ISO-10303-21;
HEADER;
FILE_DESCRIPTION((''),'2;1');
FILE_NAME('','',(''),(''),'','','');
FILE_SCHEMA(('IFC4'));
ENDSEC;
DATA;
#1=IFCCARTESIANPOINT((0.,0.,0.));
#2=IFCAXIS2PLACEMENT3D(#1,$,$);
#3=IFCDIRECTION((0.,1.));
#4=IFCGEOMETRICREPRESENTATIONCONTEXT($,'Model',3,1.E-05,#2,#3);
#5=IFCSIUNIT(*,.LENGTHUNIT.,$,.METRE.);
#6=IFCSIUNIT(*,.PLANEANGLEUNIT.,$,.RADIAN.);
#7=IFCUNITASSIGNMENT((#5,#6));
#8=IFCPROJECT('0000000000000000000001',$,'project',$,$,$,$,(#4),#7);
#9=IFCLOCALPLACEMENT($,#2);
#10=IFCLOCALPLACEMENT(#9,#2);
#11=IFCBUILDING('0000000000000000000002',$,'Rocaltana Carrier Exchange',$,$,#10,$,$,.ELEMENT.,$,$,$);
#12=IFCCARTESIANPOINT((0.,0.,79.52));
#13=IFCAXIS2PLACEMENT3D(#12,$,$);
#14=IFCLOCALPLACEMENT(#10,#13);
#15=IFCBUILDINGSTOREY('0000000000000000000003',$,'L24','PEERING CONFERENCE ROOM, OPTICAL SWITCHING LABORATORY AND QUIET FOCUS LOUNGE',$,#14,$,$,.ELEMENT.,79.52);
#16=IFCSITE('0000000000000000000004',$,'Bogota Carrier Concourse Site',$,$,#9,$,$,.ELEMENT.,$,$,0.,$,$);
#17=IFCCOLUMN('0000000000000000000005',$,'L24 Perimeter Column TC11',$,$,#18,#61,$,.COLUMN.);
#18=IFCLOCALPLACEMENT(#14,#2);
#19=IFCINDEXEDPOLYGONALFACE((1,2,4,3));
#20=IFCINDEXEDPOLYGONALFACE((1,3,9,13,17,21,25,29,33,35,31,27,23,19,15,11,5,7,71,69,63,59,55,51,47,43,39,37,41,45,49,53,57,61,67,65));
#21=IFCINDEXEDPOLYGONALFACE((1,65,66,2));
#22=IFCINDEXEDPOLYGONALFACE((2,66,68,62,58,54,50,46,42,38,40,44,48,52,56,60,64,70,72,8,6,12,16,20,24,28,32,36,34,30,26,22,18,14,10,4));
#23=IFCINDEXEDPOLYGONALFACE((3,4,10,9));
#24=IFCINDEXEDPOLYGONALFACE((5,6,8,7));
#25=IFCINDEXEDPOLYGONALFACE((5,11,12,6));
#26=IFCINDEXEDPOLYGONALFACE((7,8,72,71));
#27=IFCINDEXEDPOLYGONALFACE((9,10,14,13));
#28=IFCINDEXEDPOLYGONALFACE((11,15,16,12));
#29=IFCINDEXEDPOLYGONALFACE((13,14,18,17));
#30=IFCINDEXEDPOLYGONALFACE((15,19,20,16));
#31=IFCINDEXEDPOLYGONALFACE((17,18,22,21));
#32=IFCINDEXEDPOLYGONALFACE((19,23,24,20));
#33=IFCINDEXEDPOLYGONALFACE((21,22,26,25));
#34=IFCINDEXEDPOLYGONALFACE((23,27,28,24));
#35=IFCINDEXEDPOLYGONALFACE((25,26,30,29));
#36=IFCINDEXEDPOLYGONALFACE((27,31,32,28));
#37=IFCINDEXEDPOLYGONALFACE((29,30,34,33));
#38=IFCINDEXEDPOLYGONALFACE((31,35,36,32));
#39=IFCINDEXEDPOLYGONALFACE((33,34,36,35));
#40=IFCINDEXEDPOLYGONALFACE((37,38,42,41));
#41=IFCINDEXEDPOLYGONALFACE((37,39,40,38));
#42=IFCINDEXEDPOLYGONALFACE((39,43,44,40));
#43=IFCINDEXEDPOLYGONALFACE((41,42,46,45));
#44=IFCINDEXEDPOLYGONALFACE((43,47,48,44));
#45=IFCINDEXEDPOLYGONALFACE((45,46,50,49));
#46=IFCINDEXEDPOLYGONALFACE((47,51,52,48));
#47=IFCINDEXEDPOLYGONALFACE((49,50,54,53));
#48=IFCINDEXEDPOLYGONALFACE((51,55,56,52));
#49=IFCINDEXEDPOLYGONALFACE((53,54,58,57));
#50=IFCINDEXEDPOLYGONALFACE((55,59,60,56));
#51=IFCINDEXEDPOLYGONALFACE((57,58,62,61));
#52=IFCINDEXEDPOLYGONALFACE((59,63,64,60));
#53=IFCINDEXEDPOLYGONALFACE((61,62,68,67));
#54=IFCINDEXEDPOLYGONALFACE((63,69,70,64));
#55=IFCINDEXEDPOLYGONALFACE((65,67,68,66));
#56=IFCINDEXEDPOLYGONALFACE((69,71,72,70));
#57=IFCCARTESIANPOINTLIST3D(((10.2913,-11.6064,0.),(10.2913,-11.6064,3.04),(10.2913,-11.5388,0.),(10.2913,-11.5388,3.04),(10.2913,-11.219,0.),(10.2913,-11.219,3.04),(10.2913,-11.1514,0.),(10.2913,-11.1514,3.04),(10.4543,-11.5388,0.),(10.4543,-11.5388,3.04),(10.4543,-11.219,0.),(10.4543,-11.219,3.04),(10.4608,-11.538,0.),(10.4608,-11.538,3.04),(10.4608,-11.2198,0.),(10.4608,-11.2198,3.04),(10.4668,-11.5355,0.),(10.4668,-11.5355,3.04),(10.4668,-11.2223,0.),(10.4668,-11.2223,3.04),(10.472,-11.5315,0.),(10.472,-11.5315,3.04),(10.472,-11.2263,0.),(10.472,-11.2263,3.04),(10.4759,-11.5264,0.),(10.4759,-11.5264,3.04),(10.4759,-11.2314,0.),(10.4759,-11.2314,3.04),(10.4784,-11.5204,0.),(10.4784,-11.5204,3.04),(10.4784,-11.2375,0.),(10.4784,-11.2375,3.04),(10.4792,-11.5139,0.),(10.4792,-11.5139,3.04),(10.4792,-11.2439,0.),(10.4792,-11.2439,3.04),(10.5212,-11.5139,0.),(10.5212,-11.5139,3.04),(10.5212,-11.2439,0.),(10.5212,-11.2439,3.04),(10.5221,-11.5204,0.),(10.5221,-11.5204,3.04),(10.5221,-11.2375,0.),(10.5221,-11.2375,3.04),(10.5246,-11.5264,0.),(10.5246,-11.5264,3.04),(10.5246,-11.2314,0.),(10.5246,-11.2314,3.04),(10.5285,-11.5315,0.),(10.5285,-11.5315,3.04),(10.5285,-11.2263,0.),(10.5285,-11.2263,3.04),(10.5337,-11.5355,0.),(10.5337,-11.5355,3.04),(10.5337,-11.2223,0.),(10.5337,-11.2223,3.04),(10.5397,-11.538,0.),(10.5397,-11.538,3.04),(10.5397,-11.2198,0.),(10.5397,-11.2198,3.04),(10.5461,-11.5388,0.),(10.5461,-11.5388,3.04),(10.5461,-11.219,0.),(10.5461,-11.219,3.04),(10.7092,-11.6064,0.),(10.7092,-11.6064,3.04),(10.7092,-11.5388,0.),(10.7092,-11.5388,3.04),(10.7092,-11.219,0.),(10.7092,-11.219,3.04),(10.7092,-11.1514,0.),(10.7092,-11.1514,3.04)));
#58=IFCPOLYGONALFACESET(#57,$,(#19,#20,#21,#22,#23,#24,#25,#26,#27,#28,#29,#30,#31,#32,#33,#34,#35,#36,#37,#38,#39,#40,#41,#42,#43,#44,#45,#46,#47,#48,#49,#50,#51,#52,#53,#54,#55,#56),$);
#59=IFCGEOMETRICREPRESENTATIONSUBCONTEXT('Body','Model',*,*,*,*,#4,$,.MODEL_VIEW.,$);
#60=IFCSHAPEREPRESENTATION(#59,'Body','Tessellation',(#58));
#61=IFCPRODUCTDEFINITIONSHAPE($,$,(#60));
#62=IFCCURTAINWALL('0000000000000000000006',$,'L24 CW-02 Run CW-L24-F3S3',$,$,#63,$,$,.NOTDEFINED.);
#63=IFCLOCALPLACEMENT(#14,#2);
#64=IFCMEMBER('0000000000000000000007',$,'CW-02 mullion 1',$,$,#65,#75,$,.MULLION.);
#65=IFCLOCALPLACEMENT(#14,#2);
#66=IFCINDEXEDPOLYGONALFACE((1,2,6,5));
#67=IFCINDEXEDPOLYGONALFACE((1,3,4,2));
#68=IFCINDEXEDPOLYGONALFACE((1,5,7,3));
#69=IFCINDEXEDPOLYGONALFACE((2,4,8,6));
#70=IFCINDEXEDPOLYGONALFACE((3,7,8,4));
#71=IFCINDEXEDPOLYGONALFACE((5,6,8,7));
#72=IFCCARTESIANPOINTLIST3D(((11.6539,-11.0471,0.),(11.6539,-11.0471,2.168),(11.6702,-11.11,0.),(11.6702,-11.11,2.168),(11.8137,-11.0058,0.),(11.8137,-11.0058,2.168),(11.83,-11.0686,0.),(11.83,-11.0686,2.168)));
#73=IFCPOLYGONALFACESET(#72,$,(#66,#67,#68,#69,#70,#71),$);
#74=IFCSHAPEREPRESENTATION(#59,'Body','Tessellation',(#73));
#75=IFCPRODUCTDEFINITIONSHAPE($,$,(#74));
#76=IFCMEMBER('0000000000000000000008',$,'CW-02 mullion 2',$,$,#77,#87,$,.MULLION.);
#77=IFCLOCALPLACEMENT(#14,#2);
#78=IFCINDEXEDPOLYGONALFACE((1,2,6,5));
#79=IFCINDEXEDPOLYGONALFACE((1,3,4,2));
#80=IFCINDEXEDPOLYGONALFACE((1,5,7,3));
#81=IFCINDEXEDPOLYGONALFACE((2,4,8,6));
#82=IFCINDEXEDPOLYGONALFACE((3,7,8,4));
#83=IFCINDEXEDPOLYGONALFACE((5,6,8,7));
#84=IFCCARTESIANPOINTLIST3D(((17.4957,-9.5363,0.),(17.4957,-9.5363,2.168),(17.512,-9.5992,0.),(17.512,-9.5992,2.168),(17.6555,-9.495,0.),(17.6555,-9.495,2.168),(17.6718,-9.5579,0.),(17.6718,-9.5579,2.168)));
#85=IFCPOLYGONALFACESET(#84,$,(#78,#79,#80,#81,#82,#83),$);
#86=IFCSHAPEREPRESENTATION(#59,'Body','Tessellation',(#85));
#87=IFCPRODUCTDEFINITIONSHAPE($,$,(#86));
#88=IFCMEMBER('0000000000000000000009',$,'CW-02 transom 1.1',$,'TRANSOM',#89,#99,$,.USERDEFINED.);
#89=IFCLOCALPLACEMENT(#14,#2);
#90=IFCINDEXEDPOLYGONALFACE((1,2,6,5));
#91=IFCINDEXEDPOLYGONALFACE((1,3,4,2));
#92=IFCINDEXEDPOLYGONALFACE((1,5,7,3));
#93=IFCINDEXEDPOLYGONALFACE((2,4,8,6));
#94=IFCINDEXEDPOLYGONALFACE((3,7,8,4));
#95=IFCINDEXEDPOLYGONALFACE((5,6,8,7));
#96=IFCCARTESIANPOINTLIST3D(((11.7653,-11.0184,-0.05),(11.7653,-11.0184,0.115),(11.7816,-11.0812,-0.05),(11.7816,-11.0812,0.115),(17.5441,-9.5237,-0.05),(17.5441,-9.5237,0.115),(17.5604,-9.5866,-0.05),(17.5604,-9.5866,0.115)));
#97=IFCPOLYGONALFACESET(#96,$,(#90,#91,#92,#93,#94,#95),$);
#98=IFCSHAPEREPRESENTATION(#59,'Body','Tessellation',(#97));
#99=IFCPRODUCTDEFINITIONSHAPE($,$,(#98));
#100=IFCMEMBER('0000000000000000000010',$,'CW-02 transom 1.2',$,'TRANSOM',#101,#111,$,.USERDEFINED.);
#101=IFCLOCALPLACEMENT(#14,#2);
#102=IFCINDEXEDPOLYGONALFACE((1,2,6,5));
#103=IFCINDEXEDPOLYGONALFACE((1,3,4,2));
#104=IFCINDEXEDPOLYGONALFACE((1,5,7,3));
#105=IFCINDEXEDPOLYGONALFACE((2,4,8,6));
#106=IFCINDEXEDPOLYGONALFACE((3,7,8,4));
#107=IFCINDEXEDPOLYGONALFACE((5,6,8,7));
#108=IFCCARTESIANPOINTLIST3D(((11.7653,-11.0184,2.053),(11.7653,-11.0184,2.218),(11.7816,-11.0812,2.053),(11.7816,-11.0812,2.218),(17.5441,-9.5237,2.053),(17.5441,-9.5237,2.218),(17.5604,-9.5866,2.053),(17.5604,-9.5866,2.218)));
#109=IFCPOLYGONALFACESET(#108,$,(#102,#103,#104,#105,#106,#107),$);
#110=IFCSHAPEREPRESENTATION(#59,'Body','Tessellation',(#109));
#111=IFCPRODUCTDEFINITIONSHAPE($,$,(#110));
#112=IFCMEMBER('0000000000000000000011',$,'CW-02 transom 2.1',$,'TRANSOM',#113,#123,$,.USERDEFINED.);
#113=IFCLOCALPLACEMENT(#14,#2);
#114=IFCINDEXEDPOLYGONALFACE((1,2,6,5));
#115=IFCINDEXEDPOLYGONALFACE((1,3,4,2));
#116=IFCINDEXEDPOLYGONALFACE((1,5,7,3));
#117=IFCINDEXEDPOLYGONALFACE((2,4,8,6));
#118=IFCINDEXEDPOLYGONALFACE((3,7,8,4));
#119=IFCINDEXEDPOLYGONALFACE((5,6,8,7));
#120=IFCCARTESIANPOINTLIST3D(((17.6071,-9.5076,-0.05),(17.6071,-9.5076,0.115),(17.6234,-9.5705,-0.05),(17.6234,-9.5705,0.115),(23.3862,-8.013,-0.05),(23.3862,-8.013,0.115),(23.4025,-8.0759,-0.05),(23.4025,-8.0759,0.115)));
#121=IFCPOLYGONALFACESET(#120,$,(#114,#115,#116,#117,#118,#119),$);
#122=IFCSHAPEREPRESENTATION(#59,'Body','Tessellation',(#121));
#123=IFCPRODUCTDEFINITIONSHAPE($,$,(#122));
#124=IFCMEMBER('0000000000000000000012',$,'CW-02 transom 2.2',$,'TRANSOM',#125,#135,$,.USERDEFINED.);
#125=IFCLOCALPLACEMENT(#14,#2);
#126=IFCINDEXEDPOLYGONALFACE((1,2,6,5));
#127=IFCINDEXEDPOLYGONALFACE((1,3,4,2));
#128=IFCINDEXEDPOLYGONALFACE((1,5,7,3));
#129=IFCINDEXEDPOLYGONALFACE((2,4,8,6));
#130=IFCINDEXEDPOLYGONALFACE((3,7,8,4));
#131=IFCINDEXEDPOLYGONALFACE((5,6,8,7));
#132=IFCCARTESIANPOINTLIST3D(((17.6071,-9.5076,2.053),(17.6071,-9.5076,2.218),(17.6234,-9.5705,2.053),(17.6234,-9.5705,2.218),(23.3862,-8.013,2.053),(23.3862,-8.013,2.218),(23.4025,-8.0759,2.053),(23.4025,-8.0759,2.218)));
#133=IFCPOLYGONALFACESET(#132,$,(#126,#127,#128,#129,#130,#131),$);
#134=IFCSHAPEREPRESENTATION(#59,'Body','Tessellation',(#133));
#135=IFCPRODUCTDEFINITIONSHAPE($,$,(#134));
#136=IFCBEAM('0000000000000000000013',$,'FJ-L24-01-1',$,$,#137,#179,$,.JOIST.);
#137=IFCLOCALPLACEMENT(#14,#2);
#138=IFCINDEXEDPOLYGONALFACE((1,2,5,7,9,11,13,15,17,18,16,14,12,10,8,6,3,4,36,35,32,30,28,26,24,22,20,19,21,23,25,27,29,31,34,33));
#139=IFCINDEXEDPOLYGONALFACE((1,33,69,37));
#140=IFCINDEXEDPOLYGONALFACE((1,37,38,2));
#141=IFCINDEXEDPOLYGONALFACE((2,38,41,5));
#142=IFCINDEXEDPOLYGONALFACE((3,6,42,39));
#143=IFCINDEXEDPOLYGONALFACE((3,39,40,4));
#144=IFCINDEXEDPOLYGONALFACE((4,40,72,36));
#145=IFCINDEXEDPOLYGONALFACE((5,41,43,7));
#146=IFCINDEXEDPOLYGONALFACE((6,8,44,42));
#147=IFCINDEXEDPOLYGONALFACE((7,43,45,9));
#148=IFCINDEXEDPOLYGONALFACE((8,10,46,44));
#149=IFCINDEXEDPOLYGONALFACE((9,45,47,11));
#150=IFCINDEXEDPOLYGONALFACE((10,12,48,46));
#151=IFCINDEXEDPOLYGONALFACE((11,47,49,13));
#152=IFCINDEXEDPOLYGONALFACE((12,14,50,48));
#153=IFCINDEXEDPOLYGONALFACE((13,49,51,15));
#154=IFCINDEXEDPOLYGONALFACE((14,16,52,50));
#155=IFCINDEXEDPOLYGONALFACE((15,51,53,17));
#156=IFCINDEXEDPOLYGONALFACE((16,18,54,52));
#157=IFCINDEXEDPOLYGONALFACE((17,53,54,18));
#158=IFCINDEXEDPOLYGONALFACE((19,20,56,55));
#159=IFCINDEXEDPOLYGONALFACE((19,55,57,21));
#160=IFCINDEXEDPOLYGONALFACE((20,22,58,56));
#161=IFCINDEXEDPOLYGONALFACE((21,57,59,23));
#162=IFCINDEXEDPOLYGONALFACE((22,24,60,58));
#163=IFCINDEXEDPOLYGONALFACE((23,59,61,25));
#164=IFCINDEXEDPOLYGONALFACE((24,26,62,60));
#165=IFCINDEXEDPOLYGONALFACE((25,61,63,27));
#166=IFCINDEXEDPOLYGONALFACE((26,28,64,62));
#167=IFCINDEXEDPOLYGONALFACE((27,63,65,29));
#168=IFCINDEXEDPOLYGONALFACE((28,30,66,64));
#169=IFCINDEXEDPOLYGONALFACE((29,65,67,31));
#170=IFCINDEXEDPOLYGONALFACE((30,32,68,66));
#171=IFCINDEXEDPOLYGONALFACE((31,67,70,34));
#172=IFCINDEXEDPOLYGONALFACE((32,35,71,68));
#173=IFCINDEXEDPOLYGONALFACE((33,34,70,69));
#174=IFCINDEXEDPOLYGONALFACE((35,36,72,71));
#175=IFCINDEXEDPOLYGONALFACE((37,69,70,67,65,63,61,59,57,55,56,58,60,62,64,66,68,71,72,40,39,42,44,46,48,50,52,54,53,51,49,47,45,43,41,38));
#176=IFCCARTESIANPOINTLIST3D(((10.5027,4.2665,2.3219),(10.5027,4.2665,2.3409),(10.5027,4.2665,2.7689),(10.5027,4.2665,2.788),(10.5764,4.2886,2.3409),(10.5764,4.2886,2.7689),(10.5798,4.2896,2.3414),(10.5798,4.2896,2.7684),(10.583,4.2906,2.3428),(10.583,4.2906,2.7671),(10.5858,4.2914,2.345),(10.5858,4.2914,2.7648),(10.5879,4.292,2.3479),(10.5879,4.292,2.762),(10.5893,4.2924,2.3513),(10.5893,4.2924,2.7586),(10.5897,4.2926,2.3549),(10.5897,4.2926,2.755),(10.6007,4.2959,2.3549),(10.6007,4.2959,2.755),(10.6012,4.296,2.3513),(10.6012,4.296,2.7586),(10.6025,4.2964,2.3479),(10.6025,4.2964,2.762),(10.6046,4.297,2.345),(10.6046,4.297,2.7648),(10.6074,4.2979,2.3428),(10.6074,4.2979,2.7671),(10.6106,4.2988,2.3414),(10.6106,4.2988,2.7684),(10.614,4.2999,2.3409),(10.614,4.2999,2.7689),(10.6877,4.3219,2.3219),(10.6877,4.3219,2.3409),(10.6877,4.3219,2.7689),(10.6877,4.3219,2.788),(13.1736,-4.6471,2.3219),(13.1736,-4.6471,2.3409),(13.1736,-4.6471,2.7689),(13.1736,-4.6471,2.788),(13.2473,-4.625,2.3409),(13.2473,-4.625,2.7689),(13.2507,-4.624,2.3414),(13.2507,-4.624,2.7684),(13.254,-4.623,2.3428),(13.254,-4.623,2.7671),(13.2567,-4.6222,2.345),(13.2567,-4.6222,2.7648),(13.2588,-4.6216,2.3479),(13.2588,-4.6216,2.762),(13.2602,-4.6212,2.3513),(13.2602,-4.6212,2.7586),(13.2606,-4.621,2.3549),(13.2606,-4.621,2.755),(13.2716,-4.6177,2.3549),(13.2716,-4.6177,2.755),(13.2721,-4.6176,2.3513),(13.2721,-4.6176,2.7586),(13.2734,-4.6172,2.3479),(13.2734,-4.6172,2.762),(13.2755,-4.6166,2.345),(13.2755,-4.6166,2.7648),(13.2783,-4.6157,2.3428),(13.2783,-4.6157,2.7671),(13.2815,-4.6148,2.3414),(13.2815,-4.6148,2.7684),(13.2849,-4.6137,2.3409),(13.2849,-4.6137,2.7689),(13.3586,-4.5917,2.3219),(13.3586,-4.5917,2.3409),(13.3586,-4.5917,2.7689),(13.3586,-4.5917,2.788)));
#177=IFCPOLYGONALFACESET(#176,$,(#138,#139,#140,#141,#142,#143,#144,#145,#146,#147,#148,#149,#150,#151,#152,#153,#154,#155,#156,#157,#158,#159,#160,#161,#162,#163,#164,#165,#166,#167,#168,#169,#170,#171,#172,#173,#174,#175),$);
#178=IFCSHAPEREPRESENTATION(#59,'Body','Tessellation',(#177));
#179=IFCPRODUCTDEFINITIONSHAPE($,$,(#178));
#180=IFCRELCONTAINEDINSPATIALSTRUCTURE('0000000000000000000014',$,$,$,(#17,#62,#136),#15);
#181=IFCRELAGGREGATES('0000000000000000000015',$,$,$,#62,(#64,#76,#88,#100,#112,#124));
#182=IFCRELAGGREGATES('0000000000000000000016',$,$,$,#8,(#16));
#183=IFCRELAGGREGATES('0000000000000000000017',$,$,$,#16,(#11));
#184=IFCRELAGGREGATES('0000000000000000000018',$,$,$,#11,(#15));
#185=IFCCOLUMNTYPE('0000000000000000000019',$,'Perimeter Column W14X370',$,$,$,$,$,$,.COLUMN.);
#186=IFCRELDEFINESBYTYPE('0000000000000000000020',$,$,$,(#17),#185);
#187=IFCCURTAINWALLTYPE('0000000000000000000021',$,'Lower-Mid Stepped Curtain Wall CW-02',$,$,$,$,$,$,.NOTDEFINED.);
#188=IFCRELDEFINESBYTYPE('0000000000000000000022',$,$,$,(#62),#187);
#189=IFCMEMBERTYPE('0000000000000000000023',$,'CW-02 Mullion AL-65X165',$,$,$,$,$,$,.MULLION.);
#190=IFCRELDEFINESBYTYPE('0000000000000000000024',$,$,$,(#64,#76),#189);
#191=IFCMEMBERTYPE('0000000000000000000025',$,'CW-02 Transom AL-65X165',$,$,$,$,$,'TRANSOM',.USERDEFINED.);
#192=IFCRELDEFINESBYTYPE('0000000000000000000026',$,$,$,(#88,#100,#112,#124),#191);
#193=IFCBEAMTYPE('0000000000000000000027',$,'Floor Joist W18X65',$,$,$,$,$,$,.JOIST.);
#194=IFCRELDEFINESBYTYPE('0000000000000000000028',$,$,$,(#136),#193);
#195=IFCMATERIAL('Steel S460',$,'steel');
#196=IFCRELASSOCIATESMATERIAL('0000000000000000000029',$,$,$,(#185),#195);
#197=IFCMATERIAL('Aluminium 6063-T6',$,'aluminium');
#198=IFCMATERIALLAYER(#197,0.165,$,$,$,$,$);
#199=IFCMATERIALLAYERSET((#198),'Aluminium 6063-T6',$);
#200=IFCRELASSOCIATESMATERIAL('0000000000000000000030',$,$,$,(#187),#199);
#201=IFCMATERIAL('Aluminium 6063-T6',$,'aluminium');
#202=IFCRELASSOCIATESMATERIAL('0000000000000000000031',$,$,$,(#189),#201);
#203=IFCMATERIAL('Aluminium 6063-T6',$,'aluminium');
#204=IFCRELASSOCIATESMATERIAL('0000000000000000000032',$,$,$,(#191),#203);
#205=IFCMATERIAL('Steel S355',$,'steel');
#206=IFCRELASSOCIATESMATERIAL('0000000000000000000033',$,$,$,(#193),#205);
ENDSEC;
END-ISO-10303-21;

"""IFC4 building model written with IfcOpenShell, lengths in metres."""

from ifc_helpers import new_model, si_unit, direction, frame, origin, origin_2d, place, context, subcontext, project, spatial, rectangle, i_section, extrude, material, layer, layer_set, material_profile, profile_set, type_object, element, aggregate, save


model = new_model("IFC4")

# Units and contexts
model_context = context("Model", 3, precision=1e-05, world=origin(), true_north=direction((0.0, 1.0)))
body_context = subcontext(model_context, "Body", "Model", "MODEL_VIEW")
ifc_project = project(units=[si_unit("LENGTHUNIT", "METRE"), si_unit("PLANEANGLEUNIT", "RADIAN")], contexts=[model_context])

# Site, building, storey
site_placement = place(None, origin())
site = spatial("IfcSite", under=ifc_project, at=site_placement, Name="Bogota Carrier Concourse Site", CompositionType="ELEMENT", RefElevation=0.0)
building_placement = place(site_placement, origin())
building = spatial("IfcBuilding", under=site, at=building_placement, Name="Rocaltana Carrier Exchange", CompositionType="ELEMENT")
storey_placement = place(building_placement, frame((0.0, 0.0, 79.52)))
storey = spatial("IfcBuildingStorey", under=building, at=storey_placement, Name="L24", Description="PEERING CONFERENCE ROOM, OPTICAL SWITCHING LABORATORY AND QUIET FOCUS LOUNGE", CompositionType="ELEMENT", Elevation=79.52)

# Column
ifc_material_1 = material(Name="Steel S460", Category="steel")
ifc_material_profile_1 = material_profile(ifc_material_1, i_section(OverallWidth=0.418, OverallDepth=0.4551, WebThickness=0.042, FlangeThickness=0.0676, FilletRadius=0.0249, at=origin_2d()), Name="W14X370")
ifc_profile_set_1 = profile_set([ifc_material_profile_1], Name="Steel S460")
column_type = type_object("IfcColumnType", Name="Perimeter Column W14X370", PredefinedType="COLUMN", material=ifc_profile_set_1)
column_placement = place(storey_placement, frame((10.5002, -11.3789, 0.0), z_axis=(0.0, 0.0, 1.0), x_axis=(1.0, 0.0, 0.0)))
element("IfcColumn", 1, at=column_placement, inside=storey, type_object=column_type, Name="L24 Perimeter Column TC11", PredefinedType="COLUMN", context=body_context, shape_type="SweptSolid", body=[
    extrude(i_section(OverallWidth=0.418, OverallDepth=0.4551, WebThickness=0.042, FlangeThickness=0.0676, FilletRadius=0.0249, at=origin_2d()), origin(), (0.0, 0.0, 1.0), 3.04),
])

# Curtain wall, members
ifc_material_2 = material(Name="Aluminium 6063-T6", Category="aluminium")
ifc_layer_1 = layer(ifc_material_2, 0.165)
ifc_layer_set_1 = layer_set([ifc_layer_1], Name="Aluminium 6063-T6")
curtain_wall_type = type_object("IfcCurtainWallType", Name="Lower-Mid Stepped Curtain Wall CW-02", PredefinedType="NOTDEFINED", material=ifc_layer_set_1)
curtain_wall_placement = place(storey_placement, origin())
curtain_wall = element("IfcCurtainWall", 2, at=curtain_wall_placement, inside=storey, type_object=curtain_wall_type, Name="L24 CW-02 Run CW-L24-F3S3", PredefinedType="NOTDEFINED")
ifc_material_3 = material(Name="Aluminium 6063-T6", Category="aluminium")
ifc_material_profile_2 = material_profile(ifc_material_3, rectangle(XDim=0.0649, YDim=0.165, at=origin_2d()), Name="AL-65X165")
ifc_profile_set_2 = profile_set([ifc_material_profile_2], Name="Aluminium 6063-T6")
member_type_1 = type_object("IfcMemberType", Name="CW-02 Mullion AL-65X165", PredefinedType="MULLION", material=ifc_profile_set_2)
member_1_placement = place(storey_placement, frame((11.7419, -11.0579, 0.0), z_axis=(0.0, 0.0, 1.0), x_axis=(-0.25037, 0.96815, 0.0)))
member_1 = element("IfcMember", 3, at=member_1_placement, type_object=member_type_1, Name="CW-02 mullion 1", PredefinedType="MULLION", context=body_context, shape_type="SweptSolid", body=[
    extrude(rectangle(XDim=0.0649, YDim=0.165, at=origin_2d()), origin(), (0.0, 0.0, 1.0), 2.168),
])
member_2_placement = place(storey_placement, frame((17.5837, -9.5471, 0.0), z_axis=(0.0, 0.0, 1.0), x_axis=(-0.25037, 0.96815, 0.0)))
member_2 = element("IfcMember", 4, at=member_2_placement, type_object=member_type_1, Name="CW-02 mullion 2", PredefinedType="MULLION", context=body_context, shape_type="SweptSolid", body=[
    extrude(rectangle(XDim=0.0649, YDim=0.165, at=origin_2d()), origin(), (0.0, 0.0, 1.0), 2.168),
])
ifc_material_4 = material(Name="Aluminium 6063-T6", Category="aluminium")
ifc_material_profile_3 = material_profile(ifc_material_4, rectangle(XDim=0.0649, YDim=0.165, at=origin_2d()), Name="AL-65X165")
ifc_profile_set_3 = profile_set([ifc_material_profile_3], Name="Aluminium 6063-T6")
member_type_2 = type_object("IfcMemberType", Name="CW-02 Transom AL-65X165", ElementType="TRANSOM", PredefinedType="USERDEFINED", material=ifc_profile_set_3)
member_3_placement = place(storey_placement, frame((11.7734, -11.0498, 0.0325), z_axis=(0.968142, 0.2504, 0.0), x_axis=(-0.2504, 0.968142, 0.0)))
member_3 = element("IfcMember", 5, at=member_3_placement, type_object=member_type_2, Name="CW-02 transom 1.1", ObjectType="TRANSOM", PredefinedType="USERDEFINED", context=body_context, shape_type="SweptSolid", body=[
    extrude(rectangle(XDim=0.0649, YDim=0.165, at=origin_2d()), origin(), (0.0, 0.0, 1.0), 5.969),
])
member_4_placement = place(storey_placement, frame((11.7734, -11.0498, 2.1355), z_axis=(0.968142, 0.2504, 0.0), x_axis=(-0.2504, 0.968142, 0.0)))
member_4 = element("IfcMember", 6, at=member_4_placement, type_object=member_type_2, Name="CW-02 transom 1.2", ObjectType="TRANSOM", PredefinedType="USERDEFINED", context=body_context, shape_type="SweptSolid", body=[
    extrude(rectangle(XDim=0.0649, YDim=0.165, at=origin_2d()), origin(), (0.0, 0.0, 1.0), 5.969),
])
member_5_placement = place(storey_placement, frame((17.6152, -9.5391, 0.0325), z_axis=(0.968145, 0.25039, 0.0), x_axis=(-0.25039, 0.968145, 0.0)))
member_5 = element("IfcMember", 7, at=member_5_placement, type_object=member_type_2, Name="CW-02 transom 2.1", ObjectType="TRANSOM", PredefinedType="USERDEFINED", context=body_context, shape_type="SweptSolid", body=[
    extrude(rectangle(XDim=0.0649, YDim=0.165, at=origin_2d()), origin(), (0.0, 0.0, 1.0), 5.9692),
])
member_6_placement = place(storey_placement, frame((17.6152, -9.5391, 2.1355), z_axis=(0.968145, 0.25039, 0.0), x_axis=(-0.25039, 0.968145, 0.0)))
member_6 = element("IfcMember", 8, at=member_6_placement, type_object=member_type_2, Name="CW-02 transom 2.2", ObjectType="TRANSOM", PredefinedType="USERDEFINED", context=body_context, shape_type="SweptSolid", body=[
    extrude(rectangle(XDim=0.0649, YDim=0.165, at=origin_2d()), origin(), (0.0, 0.0, 1.0), 5.9692),
])

# Beam
ifc_material_5 = material(Name="Steel S355", Category="steel")
ifc_material_profile_4 = material_profile(ifc_material_5, i_section(OverallWidth=0.1931, OverallDepth=0.4661, WebThickness=0.0115, FlangeThickness=0.019, FilletRadius=0.0139, at=origin_2d()), Name="W18X65")
ifc_profile_set_4 = profile_set([ifc_material_profile_4], Name="Steel S355")
beam_type_1 = type_object("IfcBeamType", Name="Floor Joist W18X65", PredefinedType="JOIST", material=ifc_profile_set_4)
beam_1_placement = place(storey_placement, frame((13.2661, -4.6194, 2.5549), z_axis=(-0.287035, 0.95792, 0.0), x_axis=(-0.95792, -0.287035, 0.0)))
element("IfcBeam", 9, at=beam_1_placement, inside=storey, type_object=beam_type_1, Name="FJ-L24-01-1", PredefinedType="JOIST", context=body_context, shape_type="SweptSolid", body=[
    extrude(i_section(OverallWidth=0.1931, OverallDepth=0.4661, WebThickness=0.0115, FlangeThickness=0.019, FilletRadius=0.0139, at=origin_2d()), origin(), (0.0, 0.0, 1.0), 9.3052),
])

aggregate(curtain_wall, [member_1, member_2, member_3, member_4, member_5, member_6])

save(model, "model.ifc")
